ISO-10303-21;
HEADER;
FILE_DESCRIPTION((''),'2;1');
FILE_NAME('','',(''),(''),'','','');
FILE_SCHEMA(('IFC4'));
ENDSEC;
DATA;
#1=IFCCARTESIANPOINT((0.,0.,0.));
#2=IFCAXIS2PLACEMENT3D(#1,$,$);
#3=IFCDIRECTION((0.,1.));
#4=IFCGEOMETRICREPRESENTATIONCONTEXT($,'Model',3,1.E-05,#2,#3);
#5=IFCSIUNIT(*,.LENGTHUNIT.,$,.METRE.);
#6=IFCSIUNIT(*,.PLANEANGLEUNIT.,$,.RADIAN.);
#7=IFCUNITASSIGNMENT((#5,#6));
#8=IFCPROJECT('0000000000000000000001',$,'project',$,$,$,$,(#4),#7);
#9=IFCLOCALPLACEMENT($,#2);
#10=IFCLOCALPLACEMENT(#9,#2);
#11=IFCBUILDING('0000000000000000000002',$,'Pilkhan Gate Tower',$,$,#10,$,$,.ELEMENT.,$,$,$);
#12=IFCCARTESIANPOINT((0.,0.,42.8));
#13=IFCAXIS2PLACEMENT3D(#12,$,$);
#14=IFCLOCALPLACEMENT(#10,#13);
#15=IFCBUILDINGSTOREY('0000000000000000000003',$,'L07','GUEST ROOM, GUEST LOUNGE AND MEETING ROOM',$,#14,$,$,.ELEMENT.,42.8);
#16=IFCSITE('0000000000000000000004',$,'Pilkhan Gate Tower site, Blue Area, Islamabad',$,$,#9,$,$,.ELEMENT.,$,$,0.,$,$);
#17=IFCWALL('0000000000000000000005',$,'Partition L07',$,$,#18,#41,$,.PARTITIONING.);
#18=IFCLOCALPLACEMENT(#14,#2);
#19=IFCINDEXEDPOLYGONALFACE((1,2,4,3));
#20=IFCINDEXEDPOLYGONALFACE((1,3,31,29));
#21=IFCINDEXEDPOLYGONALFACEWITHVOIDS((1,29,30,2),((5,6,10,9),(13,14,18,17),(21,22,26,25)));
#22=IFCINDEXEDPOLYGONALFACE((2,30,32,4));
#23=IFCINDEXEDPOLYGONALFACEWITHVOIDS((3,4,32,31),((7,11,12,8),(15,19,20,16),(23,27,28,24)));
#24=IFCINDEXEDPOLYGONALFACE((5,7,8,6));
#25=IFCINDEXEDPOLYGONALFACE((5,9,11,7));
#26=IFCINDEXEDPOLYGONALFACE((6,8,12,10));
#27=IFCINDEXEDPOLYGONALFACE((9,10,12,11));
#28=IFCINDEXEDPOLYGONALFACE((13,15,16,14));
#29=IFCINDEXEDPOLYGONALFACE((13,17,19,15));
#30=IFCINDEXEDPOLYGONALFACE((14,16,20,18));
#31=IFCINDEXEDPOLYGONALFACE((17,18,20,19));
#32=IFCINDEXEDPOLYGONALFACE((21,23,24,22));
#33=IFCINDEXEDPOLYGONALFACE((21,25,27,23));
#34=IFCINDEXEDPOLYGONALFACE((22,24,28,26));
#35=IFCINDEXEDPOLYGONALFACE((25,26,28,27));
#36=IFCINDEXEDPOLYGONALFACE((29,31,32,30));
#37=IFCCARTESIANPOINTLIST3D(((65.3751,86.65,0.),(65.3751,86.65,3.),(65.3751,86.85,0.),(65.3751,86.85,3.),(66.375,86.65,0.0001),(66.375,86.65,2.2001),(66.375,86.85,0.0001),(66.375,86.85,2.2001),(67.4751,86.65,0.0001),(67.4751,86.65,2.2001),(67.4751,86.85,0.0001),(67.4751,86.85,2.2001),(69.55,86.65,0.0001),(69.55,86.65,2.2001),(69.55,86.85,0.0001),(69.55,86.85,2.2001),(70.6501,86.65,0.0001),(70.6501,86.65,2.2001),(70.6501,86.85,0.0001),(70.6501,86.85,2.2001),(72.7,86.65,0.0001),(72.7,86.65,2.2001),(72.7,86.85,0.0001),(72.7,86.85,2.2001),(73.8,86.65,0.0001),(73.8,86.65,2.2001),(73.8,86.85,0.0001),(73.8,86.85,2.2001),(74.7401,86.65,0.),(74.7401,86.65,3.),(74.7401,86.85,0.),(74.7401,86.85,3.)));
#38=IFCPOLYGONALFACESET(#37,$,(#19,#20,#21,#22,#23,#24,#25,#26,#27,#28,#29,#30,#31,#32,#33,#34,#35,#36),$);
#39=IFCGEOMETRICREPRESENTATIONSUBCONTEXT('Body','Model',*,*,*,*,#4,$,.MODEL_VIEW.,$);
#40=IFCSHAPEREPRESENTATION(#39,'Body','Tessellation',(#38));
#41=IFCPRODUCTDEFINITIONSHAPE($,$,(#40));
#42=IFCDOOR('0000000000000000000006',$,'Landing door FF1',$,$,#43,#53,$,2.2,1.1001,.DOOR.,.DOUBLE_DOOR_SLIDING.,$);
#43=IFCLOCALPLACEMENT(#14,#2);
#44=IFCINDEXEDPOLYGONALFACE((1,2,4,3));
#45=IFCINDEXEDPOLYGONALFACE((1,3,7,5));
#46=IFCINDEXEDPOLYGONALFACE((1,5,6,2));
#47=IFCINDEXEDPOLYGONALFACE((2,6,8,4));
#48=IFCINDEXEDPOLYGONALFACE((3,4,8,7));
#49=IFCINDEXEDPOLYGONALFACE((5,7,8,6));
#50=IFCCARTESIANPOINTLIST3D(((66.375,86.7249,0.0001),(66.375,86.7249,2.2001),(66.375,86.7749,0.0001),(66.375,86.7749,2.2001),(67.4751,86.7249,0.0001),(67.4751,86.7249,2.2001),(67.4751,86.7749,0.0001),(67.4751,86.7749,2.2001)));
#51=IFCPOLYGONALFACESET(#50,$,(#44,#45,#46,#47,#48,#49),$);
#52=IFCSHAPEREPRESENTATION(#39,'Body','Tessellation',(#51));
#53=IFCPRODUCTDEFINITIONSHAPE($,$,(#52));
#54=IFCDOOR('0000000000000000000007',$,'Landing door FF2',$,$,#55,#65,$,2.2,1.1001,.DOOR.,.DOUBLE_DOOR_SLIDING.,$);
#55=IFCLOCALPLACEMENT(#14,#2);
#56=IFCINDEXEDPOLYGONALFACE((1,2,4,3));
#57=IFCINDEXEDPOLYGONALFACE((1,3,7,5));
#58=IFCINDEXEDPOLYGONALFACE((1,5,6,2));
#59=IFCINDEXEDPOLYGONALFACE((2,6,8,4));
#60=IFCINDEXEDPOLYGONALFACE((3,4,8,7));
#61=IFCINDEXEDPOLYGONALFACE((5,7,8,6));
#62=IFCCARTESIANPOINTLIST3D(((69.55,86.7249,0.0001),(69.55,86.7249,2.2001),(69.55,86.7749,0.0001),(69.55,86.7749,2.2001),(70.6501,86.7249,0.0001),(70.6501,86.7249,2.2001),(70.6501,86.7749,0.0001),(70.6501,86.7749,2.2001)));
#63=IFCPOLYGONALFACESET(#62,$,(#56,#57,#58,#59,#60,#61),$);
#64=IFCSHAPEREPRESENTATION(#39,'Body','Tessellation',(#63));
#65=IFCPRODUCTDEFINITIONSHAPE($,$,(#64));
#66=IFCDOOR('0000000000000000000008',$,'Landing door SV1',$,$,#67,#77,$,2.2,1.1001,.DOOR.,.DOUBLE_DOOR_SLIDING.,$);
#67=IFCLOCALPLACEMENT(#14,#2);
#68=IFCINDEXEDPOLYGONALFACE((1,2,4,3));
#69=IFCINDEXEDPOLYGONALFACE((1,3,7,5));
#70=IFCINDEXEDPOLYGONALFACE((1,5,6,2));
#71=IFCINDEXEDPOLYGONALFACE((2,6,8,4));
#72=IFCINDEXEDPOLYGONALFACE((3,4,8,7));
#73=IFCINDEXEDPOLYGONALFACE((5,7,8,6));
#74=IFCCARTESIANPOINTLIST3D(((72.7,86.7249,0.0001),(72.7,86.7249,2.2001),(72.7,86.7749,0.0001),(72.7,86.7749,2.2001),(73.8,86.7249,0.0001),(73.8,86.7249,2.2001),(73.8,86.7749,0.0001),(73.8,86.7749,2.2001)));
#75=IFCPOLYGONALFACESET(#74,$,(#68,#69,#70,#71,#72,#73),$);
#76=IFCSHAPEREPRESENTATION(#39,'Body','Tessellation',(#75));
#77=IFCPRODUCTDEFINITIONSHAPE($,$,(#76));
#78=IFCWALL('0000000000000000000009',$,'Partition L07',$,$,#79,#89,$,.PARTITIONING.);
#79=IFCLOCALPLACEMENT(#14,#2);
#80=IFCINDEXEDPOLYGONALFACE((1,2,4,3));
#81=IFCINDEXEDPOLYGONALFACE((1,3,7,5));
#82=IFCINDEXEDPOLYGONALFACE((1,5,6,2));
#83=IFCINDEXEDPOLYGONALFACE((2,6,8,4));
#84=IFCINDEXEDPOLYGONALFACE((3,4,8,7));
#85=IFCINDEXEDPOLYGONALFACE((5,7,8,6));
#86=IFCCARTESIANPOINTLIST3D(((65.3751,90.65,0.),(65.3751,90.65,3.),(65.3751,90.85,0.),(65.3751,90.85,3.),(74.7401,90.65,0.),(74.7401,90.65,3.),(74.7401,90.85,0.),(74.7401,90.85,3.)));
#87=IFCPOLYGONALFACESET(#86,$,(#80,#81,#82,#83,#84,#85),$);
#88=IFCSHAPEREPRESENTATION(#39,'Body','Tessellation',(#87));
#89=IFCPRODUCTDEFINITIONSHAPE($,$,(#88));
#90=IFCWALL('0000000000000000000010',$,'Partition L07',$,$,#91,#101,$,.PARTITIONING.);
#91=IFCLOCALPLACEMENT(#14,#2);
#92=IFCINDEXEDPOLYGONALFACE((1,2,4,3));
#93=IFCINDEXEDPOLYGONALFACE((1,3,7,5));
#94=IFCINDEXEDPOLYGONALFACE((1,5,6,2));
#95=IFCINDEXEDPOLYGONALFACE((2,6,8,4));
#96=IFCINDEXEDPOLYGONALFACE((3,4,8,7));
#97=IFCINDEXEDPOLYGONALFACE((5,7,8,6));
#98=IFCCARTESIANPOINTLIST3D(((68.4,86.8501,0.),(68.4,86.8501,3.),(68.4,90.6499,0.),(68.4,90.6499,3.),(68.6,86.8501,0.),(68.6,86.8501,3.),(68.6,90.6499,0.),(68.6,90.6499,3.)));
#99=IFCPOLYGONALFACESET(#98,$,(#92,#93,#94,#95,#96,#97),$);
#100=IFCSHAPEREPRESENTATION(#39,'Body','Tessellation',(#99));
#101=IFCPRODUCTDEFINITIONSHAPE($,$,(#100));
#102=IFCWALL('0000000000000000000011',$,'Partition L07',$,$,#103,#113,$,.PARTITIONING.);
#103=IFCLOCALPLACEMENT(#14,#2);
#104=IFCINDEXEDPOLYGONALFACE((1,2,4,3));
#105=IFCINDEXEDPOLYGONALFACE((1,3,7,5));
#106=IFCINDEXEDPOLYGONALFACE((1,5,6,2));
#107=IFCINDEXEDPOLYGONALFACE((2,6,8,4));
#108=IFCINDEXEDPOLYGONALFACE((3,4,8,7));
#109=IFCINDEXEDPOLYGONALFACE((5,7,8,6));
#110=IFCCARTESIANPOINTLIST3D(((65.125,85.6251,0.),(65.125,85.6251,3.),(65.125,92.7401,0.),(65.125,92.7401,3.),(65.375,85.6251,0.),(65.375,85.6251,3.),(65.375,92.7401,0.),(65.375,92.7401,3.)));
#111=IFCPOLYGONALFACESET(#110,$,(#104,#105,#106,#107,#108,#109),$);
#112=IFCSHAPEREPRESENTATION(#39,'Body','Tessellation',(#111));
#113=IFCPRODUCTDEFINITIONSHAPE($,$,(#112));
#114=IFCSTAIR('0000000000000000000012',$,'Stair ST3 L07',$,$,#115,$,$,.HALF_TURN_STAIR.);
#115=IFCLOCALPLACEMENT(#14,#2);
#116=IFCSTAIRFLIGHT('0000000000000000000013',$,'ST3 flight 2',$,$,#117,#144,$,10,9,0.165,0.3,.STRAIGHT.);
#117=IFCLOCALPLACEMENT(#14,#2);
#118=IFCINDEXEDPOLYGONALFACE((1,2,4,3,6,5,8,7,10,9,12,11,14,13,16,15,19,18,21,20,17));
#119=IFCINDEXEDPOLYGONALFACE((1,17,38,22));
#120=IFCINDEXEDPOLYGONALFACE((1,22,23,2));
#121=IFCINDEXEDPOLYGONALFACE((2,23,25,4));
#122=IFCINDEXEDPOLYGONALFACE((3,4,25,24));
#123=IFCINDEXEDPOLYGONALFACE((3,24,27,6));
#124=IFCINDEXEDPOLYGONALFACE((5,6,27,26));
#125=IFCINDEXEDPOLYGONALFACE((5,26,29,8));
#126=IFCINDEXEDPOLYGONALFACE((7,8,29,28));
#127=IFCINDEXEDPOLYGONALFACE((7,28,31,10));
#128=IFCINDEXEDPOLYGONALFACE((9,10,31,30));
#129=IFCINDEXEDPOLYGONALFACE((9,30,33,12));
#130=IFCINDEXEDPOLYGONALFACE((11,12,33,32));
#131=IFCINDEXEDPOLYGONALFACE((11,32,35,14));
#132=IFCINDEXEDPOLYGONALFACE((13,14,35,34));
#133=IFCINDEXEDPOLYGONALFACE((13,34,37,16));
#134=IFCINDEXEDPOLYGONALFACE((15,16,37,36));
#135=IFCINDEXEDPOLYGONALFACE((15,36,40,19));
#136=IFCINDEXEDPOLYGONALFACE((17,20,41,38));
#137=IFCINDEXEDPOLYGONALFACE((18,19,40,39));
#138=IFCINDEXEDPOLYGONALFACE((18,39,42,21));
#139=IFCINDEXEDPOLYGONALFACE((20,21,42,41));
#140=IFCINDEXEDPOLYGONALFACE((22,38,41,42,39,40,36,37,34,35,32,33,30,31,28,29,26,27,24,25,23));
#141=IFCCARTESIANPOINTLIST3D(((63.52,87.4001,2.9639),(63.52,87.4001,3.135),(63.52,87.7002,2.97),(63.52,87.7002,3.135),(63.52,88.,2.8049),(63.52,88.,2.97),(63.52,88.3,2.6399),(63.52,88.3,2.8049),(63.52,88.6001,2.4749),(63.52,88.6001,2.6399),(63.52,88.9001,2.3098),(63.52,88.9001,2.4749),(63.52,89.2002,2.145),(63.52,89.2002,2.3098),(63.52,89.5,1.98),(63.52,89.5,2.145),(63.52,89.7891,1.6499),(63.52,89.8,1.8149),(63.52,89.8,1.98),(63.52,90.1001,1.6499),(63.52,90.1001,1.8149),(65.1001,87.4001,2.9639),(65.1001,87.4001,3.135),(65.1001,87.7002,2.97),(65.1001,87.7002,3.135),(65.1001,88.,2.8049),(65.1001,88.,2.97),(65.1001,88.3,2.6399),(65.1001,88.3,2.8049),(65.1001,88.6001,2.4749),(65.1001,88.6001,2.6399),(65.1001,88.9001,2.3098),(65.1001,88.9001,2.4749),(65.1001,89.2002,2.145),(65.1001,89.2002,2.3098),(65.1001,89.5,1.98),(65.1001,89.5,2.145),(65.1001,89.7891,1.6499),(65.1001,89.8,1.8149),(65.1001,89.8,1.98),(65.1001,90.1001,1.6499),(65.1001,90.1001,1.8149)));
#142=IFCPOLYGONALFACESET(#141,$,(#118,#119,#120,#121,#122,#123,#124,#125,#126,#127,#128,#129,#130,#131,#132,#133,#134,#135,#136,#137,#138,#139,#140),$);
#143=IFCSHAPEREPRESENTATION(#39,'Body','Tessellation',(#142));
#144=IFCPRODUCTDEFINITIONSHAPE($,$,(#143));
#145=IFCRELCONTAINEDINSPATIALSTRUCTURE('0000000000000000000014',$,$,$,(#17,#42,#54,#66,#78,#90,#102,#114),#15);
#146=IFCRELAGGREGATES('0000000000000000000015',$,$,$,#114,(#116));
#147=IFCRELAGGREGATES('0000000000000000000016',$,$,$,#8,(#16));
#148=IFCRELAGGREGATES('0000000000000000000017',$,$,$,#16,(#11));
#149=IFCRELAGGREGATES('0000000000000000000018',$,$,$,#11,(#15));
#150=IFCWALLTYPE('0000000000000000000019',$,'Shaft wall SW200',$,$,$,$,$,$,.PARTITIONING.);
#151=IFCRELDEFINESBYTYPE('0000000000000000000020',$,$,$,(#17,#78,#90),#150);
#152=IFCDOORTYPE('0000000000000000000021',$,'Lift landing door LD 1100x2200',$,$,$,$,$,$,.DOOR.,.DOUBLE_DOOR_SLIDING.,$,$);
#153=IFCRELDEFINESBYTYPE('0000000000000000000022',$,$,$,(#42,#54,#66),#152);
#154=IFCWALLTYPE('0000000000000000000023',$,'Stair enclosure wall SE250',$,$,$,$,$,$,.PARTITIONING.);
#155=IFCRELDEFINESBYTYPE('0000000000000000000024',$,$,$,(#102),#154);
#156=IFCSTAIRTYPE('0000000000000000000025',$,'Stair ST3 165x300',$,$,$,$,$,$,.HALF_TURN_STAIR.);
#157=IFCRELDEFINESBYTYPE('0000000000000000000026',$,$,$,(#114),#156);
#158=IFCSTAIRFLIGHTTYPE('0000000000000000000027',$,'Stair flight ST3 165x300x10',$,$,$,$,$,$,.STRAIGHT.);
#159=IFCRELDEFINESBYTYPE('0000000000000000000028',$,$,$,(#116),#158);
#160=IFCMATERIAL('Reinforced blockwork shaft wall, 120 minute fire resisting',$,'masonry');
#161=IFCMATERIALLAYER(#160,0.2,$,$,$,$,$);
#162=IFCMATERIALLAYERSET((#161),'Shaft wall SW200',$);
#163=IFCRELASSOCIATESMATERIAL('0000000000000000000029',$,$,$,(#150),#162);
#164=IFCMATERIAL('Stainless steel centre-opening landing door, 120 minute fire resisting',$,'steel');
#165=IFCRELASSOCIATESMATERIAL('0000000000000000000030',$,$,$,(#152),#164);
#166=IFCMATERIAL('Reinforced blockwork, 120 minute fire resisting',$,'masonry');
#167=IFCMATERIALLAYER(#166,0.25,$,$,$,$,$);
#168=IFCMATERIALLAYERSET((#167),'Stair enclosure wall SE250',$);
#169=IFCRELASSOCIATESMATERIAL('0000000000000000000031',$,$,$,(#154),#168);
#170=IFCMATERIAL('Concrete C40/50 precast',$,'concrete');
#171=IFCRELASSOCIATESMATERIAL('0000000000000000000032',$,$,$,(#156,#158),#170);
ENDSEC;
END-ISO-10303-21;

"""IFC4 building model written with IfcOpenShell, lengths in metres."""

from ifc_helpers import new_model, si_unit, direction, frame, frame_2d, origin, place, context, subcontext, project, spatial, polyline, rectangle, outline, extrude, material, layer, layer_set, type_object, element, fill, aggregate, save


model = new_model("IFC4")

# Units and contexts
model_context = context("Model", 3, precision=1e-05, world=origin(), true_north=direction((0.0, 1.0)))
body_context = subcontext(model_context, "Body", "Model", "MODEL_VIEW")
ifc_project = project(units=[si_unit("LENGTHUNIT", "METRE"), si_unit("PLANEANGLEUNIT", "RADIAN")], contexts=[model_context])

# Site, building, storey
site_placement = place(None, origin())
site = spatial("IfcSite", under=ifc_project, at=site_placement, Name="Pilkhan Gate Tower site, Blue Area, Islamabad", CompositionType="ELEMENT", RefElevation=0.0)
building_placement = place(site_placement, origin())
building = spatial("IfcBuilding", under=site, at=building_placement, Name="Pilkhan Gate Tower", CompositionType="ELEMENT")
storey_placement = place(building_placement, frame((0.0, 0.0, 42.8)))
storey = spatial("IfcBuildingStorey", under=building, at=storey_placement, Name="L07", Description="GUEST ROOM, GUEST LOUNGE AND MEETING ROOM", CompositionType="ELEMENT", Elevation=42.8)

# Wall, openings, doors
ifc_material_1 = material(Name="Reinforced blockwork shaft wall, 120 minute fire resisting", Category="masonry")
ifc_layer_1 = layer(ifc_material_1, 0.2)
ifc_layer_set_1 = layer_set([ifc_layer_1], Name="Shaft wall SW200")
wall_type_1 = type_object("IfcWallType", Name="Shaft wall SW200", PredefinedType="PARTITIONING", material=ifc_layer_set_1)
wall_1_placement = place(storey_placement, frame((65.375, 86.75, 0.0), z_axis=(0.0, 0.0, 1.0), x_axis=(1.0, 0.0, 0.0)))
wall_1 = element("IfcWall", 1, at=wall_1_placement, inside=storey, type_object=wall_type_1, Name="Partition L07", PredefinedType="PARTITIONING", context=body_context, shape_type="SweptSolid", body=[
    extrude(rectangle(XDim=9.365, YDim=0.2, at=frame_2d((4.6826, 0.0))), origin(), (0.0, 0.0, 1.0), 3.0),
])
opening_1_placement = place(wall_1_placement, frame((1.0, 0.0, 0.0)))
opening_1 = element("IfcOpeningElement", 2, at=opening_1_placement, cuts=wall_1, PredefinedType="OPENING", context=body_context, shape_type="SweptSolid", body=[
    extrude(rectangle(XDim=1.1001, YDim=2.2, at=frame_2d((0.55, 1.1001))), frame((0.0, 0.1099, 0.0), z_axis=(0.0, -1.0, 0.0), x_axis=(1.0, 0.0, 0.0)), (0.0, 0.0, 1.0), 0.22),
])
opening_2_placement = place(wall_1_placement, frame((4.175, 0.0, 0.0)))
opening_2 = element("IfcOpeningElement", 3, at=opening_2_placement, cuts=wall_1, PredefinedType="OPENING", context=body_context, shape_type="SweptSolid", body=[
    extrude(rectangle(XDim=1.1001, YDim=2.2, at=frame_2d((0.55, 1.1001))), frame((0.0, 0.1099, 0.0), z_axis=(0.0, -1.0, 0.0), x_axis=(1.0, 0.0, 0.0)), (0.0, 0.0, 1.0), 0.22),
])
opening_3_placement = place(wall_1_placement, frame((7.325, 0.0, 0.0)))
opening_3 = element("IfcOpeningElement", 4, at=opening_3_placement, cuts=wall_1, PredefinedType="OPENING", context=body_context, shape_type="SweptSolid", body=[
    extrude(rectangle(XDim=1.1001, YDim=2.2, at=frame_2d((0.55, 1.1001))), frame((0.0, 0.1099, 0.0), z_axis=(0.0, -1.0, 0.0), x_axis=(1.0, 0.0, 0.0)), (0.0, 0.0, 1.0), 0.22),
])
ifc_material_2 = material(Name="Stainless steel centre-opening landing door, 120 minute fire resisting", Category="steel")
door_type = type_object("IfcDoorType", Name="Lift landing door LD 1100x2200", OperationType="DOUBLE_DOOR_SLIDING", PredefinedType="DOOR", material=ifc_material_2)
door_1_placement = place(opening_1_placement, origin())
door_1 = element("IfcDoor", 5, at=door_1_placement, inside=storey, type_object=door_type, Name="Landing door FF1", OperationType="DOUBLE_DOOR_SLIDING", OverallHeight=2.2, OverallWidth=1.1001, PredefinedType="DOOR", context=body_context, shape_type="SweptSolid", body=[
    extrude(rectangle(XDim=1.1001, YDim=2.2, at=frame_2d((0.55, 1.1001))), frame((0.0, 0.0249, 0.0), z_axis=(0.0, -1.0, 0.0), x_axis=(1.0, 0.0, 0.0)), (0.0, 0.0, 1.0), 0.05),
])
fill(opening_1, door_1)
door_2_placement = place(opening_2_placement, origin())
door_2 = element("IfcDoor", 6, at=door_2_placement, inside=storey, type_object=door_type, Name="Landing door FF2", OperationType="DOUBLE_DOOR_SLIDING", OverallHeight=2.2, OverallWidth=1.1001, PredefinedType="DOOR", context=body_context, shape_type="SweptSolid", body=[
    extrude(rectangle(XDim=1.1001, YDim=2.2, at=frame_2d((0.55, 1.1001))), frame((0.0, 0.0249, 0.0), z_axis=(0.0, -1.0, 0.0), x_axis=(1.0, 0.0, 0.0)), (0.0, 0.0, 1.0), 0.05),
])
fill(opening_2, door_2)
door_3_placement = place(opening_3_placement, origin())
door_3 = element("IfcDoor", 7, at=door_3_placement, inside=storey, type_object=door_type, Name="Landing door SV1", OperationType="DOUBLE_DOOR_SLIDING", OverallHeight=2.2, OverallWidth=1.1001, PredefinedType="DOOR", context=body_context, shape_type="SweptSolid", body=[
    extrude(rectangle(XDim=1.1001, YDim=2.2, at=frame_2d((0.55, 1.1001))), frame((0.0, 0.0249, 0.0), z_axis=(0.0, -1.0, 0.0), x_axis=(1.0, 0.0, 0.0)), (0.0, 0.0, 1.0), 0.05),
])
fill(opening_3, door_3)

# Walls
wall_2_placement = place(storey_placement, frame((65.375, 90.75, 0.0), z_axis=(0.0, 0.0, 1.0), x_axis=(1.0, 0.0, 0.0)))
element("IfcWall", 8, at=wall_2_placement, inside=storey, type_object=wall_type_1, Name="Partition L07", PredefinedType="PARTITIONING", context=body_context, shape_type="SweptSolid", body=[
    extrude(rectangle(XDim=9.365, YDim=0.2, at=frame_2d((4.6826, 0.0))), origin(), (0.0, 0.0, 1.0), 3.0),
])
wall_3_placement = place(storey_placement, frame((68.5, 86.8501, 0.0), z_axis=(0.0, 0.0, 1.0), x_axis=(0.0, 1.0, 0.0)))
element("IfcWall", 9, at=wall_3_placement, inside=storey, type_object=wall_type_1, Name="Partition L07", PredefinedType="PARTITIONING", context=body_context, shape_type="SweptSolid", body=[
    extrude(rectangle(XDim=3.7998, YDim=0.2, at=frame_2d((1.8999, 0.0))), origin(), (0.0, 0.0, 1.0), 3.0),
])
ifc_material_3 = material(Name="Reinforced blockwork, 120 minute fire resisting", Category="masonry")
ifc_layer_2 = layer(ifc_material_3, 0.25)
ifc_layer_set_2 = layer_set([ifc_layer_2], Name="Stair enclosure wall SE250")
wall_type_2 = type_object("IfcWallType", Name="Stair enclosure wall SE250", PredefinedType="PARTITIONING", material=ifc_layer_set_2)
wall_4_placement = place(storey_placement, frame((65.25, 85.625, 0.0), z_axis=(0.0, 0.0, 1.0), x_axis=(0.0, 1.0, 0.0)))
element("IfcWall", 10, at=wall_4_placement, inside=storey, type_object=wall_type_2, Name="Partition L07", PredefinedType="PARTITIONING", context=body_context, shape_type="SweptSolid", body=[
    extrude(rectangle(XDim=7.115, YDim=0.25, at=frame_2d((3.5576, 0.0))), origin(), (0.0, 0.0, 1.0), 3.0),
])

# Stair, stair flight
ifc_material_4 = material(Name="Concrete C40/50 precast", Category="concrete")
stair_type = type_object("IfcStairType", Name="Stair ST3 165x300", PredefinedType="HALF_TURN_STAIR", material=ifc_material_4)
stair_placement = place(storey_placement, origin())
stair = element("IfcStair", 11, at=stair_placement, inside=storey, type_object=stair_type, Name="Stair ST3 L07", PredefinedType="HALF_TURN_STAIR")
stair_flight_type = type_object("IfcStairFlightType", Name="Stair flight ST3 165x300x10", PredefinedType="STRAIGHT", material=ifc_material_4)
stair_flight_placement = place(storey_placement, frame((64.3101, 90.1001, 1.6499), z_axis=(0.0, 0.0, 1.0), x_axis=(0.0, -1.0, 0.0)))
stair_flight = element("IfcStairFlight", 12, at=stair_flight_placement, type_object=stair_flight_type, Name="ST3 flight 2", NumberOfRisers=10, NumberOfTreads=9, PredefinedType="STRAIGHT", RiserHeight=0.165, TreadLength=0.3, context=body_context, shape_type="SweptSolid", body=[
    extrude(outline(polyline([(0.0, 0.0), (0.0, 0.165), (0.3, 0.165), (0.3, 0.3301), (0.6001, 0.3301), (0.6001, 0.4951), (0.8999, 0.4951), (0.8999, 0.6599), (1.2, 0.6599), (1.2, 0.825), (1.5, 0.825), (1.5, 0.99), (1.8, 0.99), (1.8, 1.155), (2.1001, 1.155), (2.1001, 1.3201), (2.3999, 1.3201), (2.3999, 1.4851), (2.7, 1.4851), (2.7, 1.6499), (2.7, 1.314), (0.311, 0.0), (0.0, 0.0)])), frame((0.0, 0.79, 0.0), z_axis=(0.0, -1.0, 0.0), x_axis=(1.0, 0.0, 0.0)), (0.0, 0.0, 1.0), 1.5801),
])
aggregate(stair, [stair_flight])

save(model, "model.ifc")
